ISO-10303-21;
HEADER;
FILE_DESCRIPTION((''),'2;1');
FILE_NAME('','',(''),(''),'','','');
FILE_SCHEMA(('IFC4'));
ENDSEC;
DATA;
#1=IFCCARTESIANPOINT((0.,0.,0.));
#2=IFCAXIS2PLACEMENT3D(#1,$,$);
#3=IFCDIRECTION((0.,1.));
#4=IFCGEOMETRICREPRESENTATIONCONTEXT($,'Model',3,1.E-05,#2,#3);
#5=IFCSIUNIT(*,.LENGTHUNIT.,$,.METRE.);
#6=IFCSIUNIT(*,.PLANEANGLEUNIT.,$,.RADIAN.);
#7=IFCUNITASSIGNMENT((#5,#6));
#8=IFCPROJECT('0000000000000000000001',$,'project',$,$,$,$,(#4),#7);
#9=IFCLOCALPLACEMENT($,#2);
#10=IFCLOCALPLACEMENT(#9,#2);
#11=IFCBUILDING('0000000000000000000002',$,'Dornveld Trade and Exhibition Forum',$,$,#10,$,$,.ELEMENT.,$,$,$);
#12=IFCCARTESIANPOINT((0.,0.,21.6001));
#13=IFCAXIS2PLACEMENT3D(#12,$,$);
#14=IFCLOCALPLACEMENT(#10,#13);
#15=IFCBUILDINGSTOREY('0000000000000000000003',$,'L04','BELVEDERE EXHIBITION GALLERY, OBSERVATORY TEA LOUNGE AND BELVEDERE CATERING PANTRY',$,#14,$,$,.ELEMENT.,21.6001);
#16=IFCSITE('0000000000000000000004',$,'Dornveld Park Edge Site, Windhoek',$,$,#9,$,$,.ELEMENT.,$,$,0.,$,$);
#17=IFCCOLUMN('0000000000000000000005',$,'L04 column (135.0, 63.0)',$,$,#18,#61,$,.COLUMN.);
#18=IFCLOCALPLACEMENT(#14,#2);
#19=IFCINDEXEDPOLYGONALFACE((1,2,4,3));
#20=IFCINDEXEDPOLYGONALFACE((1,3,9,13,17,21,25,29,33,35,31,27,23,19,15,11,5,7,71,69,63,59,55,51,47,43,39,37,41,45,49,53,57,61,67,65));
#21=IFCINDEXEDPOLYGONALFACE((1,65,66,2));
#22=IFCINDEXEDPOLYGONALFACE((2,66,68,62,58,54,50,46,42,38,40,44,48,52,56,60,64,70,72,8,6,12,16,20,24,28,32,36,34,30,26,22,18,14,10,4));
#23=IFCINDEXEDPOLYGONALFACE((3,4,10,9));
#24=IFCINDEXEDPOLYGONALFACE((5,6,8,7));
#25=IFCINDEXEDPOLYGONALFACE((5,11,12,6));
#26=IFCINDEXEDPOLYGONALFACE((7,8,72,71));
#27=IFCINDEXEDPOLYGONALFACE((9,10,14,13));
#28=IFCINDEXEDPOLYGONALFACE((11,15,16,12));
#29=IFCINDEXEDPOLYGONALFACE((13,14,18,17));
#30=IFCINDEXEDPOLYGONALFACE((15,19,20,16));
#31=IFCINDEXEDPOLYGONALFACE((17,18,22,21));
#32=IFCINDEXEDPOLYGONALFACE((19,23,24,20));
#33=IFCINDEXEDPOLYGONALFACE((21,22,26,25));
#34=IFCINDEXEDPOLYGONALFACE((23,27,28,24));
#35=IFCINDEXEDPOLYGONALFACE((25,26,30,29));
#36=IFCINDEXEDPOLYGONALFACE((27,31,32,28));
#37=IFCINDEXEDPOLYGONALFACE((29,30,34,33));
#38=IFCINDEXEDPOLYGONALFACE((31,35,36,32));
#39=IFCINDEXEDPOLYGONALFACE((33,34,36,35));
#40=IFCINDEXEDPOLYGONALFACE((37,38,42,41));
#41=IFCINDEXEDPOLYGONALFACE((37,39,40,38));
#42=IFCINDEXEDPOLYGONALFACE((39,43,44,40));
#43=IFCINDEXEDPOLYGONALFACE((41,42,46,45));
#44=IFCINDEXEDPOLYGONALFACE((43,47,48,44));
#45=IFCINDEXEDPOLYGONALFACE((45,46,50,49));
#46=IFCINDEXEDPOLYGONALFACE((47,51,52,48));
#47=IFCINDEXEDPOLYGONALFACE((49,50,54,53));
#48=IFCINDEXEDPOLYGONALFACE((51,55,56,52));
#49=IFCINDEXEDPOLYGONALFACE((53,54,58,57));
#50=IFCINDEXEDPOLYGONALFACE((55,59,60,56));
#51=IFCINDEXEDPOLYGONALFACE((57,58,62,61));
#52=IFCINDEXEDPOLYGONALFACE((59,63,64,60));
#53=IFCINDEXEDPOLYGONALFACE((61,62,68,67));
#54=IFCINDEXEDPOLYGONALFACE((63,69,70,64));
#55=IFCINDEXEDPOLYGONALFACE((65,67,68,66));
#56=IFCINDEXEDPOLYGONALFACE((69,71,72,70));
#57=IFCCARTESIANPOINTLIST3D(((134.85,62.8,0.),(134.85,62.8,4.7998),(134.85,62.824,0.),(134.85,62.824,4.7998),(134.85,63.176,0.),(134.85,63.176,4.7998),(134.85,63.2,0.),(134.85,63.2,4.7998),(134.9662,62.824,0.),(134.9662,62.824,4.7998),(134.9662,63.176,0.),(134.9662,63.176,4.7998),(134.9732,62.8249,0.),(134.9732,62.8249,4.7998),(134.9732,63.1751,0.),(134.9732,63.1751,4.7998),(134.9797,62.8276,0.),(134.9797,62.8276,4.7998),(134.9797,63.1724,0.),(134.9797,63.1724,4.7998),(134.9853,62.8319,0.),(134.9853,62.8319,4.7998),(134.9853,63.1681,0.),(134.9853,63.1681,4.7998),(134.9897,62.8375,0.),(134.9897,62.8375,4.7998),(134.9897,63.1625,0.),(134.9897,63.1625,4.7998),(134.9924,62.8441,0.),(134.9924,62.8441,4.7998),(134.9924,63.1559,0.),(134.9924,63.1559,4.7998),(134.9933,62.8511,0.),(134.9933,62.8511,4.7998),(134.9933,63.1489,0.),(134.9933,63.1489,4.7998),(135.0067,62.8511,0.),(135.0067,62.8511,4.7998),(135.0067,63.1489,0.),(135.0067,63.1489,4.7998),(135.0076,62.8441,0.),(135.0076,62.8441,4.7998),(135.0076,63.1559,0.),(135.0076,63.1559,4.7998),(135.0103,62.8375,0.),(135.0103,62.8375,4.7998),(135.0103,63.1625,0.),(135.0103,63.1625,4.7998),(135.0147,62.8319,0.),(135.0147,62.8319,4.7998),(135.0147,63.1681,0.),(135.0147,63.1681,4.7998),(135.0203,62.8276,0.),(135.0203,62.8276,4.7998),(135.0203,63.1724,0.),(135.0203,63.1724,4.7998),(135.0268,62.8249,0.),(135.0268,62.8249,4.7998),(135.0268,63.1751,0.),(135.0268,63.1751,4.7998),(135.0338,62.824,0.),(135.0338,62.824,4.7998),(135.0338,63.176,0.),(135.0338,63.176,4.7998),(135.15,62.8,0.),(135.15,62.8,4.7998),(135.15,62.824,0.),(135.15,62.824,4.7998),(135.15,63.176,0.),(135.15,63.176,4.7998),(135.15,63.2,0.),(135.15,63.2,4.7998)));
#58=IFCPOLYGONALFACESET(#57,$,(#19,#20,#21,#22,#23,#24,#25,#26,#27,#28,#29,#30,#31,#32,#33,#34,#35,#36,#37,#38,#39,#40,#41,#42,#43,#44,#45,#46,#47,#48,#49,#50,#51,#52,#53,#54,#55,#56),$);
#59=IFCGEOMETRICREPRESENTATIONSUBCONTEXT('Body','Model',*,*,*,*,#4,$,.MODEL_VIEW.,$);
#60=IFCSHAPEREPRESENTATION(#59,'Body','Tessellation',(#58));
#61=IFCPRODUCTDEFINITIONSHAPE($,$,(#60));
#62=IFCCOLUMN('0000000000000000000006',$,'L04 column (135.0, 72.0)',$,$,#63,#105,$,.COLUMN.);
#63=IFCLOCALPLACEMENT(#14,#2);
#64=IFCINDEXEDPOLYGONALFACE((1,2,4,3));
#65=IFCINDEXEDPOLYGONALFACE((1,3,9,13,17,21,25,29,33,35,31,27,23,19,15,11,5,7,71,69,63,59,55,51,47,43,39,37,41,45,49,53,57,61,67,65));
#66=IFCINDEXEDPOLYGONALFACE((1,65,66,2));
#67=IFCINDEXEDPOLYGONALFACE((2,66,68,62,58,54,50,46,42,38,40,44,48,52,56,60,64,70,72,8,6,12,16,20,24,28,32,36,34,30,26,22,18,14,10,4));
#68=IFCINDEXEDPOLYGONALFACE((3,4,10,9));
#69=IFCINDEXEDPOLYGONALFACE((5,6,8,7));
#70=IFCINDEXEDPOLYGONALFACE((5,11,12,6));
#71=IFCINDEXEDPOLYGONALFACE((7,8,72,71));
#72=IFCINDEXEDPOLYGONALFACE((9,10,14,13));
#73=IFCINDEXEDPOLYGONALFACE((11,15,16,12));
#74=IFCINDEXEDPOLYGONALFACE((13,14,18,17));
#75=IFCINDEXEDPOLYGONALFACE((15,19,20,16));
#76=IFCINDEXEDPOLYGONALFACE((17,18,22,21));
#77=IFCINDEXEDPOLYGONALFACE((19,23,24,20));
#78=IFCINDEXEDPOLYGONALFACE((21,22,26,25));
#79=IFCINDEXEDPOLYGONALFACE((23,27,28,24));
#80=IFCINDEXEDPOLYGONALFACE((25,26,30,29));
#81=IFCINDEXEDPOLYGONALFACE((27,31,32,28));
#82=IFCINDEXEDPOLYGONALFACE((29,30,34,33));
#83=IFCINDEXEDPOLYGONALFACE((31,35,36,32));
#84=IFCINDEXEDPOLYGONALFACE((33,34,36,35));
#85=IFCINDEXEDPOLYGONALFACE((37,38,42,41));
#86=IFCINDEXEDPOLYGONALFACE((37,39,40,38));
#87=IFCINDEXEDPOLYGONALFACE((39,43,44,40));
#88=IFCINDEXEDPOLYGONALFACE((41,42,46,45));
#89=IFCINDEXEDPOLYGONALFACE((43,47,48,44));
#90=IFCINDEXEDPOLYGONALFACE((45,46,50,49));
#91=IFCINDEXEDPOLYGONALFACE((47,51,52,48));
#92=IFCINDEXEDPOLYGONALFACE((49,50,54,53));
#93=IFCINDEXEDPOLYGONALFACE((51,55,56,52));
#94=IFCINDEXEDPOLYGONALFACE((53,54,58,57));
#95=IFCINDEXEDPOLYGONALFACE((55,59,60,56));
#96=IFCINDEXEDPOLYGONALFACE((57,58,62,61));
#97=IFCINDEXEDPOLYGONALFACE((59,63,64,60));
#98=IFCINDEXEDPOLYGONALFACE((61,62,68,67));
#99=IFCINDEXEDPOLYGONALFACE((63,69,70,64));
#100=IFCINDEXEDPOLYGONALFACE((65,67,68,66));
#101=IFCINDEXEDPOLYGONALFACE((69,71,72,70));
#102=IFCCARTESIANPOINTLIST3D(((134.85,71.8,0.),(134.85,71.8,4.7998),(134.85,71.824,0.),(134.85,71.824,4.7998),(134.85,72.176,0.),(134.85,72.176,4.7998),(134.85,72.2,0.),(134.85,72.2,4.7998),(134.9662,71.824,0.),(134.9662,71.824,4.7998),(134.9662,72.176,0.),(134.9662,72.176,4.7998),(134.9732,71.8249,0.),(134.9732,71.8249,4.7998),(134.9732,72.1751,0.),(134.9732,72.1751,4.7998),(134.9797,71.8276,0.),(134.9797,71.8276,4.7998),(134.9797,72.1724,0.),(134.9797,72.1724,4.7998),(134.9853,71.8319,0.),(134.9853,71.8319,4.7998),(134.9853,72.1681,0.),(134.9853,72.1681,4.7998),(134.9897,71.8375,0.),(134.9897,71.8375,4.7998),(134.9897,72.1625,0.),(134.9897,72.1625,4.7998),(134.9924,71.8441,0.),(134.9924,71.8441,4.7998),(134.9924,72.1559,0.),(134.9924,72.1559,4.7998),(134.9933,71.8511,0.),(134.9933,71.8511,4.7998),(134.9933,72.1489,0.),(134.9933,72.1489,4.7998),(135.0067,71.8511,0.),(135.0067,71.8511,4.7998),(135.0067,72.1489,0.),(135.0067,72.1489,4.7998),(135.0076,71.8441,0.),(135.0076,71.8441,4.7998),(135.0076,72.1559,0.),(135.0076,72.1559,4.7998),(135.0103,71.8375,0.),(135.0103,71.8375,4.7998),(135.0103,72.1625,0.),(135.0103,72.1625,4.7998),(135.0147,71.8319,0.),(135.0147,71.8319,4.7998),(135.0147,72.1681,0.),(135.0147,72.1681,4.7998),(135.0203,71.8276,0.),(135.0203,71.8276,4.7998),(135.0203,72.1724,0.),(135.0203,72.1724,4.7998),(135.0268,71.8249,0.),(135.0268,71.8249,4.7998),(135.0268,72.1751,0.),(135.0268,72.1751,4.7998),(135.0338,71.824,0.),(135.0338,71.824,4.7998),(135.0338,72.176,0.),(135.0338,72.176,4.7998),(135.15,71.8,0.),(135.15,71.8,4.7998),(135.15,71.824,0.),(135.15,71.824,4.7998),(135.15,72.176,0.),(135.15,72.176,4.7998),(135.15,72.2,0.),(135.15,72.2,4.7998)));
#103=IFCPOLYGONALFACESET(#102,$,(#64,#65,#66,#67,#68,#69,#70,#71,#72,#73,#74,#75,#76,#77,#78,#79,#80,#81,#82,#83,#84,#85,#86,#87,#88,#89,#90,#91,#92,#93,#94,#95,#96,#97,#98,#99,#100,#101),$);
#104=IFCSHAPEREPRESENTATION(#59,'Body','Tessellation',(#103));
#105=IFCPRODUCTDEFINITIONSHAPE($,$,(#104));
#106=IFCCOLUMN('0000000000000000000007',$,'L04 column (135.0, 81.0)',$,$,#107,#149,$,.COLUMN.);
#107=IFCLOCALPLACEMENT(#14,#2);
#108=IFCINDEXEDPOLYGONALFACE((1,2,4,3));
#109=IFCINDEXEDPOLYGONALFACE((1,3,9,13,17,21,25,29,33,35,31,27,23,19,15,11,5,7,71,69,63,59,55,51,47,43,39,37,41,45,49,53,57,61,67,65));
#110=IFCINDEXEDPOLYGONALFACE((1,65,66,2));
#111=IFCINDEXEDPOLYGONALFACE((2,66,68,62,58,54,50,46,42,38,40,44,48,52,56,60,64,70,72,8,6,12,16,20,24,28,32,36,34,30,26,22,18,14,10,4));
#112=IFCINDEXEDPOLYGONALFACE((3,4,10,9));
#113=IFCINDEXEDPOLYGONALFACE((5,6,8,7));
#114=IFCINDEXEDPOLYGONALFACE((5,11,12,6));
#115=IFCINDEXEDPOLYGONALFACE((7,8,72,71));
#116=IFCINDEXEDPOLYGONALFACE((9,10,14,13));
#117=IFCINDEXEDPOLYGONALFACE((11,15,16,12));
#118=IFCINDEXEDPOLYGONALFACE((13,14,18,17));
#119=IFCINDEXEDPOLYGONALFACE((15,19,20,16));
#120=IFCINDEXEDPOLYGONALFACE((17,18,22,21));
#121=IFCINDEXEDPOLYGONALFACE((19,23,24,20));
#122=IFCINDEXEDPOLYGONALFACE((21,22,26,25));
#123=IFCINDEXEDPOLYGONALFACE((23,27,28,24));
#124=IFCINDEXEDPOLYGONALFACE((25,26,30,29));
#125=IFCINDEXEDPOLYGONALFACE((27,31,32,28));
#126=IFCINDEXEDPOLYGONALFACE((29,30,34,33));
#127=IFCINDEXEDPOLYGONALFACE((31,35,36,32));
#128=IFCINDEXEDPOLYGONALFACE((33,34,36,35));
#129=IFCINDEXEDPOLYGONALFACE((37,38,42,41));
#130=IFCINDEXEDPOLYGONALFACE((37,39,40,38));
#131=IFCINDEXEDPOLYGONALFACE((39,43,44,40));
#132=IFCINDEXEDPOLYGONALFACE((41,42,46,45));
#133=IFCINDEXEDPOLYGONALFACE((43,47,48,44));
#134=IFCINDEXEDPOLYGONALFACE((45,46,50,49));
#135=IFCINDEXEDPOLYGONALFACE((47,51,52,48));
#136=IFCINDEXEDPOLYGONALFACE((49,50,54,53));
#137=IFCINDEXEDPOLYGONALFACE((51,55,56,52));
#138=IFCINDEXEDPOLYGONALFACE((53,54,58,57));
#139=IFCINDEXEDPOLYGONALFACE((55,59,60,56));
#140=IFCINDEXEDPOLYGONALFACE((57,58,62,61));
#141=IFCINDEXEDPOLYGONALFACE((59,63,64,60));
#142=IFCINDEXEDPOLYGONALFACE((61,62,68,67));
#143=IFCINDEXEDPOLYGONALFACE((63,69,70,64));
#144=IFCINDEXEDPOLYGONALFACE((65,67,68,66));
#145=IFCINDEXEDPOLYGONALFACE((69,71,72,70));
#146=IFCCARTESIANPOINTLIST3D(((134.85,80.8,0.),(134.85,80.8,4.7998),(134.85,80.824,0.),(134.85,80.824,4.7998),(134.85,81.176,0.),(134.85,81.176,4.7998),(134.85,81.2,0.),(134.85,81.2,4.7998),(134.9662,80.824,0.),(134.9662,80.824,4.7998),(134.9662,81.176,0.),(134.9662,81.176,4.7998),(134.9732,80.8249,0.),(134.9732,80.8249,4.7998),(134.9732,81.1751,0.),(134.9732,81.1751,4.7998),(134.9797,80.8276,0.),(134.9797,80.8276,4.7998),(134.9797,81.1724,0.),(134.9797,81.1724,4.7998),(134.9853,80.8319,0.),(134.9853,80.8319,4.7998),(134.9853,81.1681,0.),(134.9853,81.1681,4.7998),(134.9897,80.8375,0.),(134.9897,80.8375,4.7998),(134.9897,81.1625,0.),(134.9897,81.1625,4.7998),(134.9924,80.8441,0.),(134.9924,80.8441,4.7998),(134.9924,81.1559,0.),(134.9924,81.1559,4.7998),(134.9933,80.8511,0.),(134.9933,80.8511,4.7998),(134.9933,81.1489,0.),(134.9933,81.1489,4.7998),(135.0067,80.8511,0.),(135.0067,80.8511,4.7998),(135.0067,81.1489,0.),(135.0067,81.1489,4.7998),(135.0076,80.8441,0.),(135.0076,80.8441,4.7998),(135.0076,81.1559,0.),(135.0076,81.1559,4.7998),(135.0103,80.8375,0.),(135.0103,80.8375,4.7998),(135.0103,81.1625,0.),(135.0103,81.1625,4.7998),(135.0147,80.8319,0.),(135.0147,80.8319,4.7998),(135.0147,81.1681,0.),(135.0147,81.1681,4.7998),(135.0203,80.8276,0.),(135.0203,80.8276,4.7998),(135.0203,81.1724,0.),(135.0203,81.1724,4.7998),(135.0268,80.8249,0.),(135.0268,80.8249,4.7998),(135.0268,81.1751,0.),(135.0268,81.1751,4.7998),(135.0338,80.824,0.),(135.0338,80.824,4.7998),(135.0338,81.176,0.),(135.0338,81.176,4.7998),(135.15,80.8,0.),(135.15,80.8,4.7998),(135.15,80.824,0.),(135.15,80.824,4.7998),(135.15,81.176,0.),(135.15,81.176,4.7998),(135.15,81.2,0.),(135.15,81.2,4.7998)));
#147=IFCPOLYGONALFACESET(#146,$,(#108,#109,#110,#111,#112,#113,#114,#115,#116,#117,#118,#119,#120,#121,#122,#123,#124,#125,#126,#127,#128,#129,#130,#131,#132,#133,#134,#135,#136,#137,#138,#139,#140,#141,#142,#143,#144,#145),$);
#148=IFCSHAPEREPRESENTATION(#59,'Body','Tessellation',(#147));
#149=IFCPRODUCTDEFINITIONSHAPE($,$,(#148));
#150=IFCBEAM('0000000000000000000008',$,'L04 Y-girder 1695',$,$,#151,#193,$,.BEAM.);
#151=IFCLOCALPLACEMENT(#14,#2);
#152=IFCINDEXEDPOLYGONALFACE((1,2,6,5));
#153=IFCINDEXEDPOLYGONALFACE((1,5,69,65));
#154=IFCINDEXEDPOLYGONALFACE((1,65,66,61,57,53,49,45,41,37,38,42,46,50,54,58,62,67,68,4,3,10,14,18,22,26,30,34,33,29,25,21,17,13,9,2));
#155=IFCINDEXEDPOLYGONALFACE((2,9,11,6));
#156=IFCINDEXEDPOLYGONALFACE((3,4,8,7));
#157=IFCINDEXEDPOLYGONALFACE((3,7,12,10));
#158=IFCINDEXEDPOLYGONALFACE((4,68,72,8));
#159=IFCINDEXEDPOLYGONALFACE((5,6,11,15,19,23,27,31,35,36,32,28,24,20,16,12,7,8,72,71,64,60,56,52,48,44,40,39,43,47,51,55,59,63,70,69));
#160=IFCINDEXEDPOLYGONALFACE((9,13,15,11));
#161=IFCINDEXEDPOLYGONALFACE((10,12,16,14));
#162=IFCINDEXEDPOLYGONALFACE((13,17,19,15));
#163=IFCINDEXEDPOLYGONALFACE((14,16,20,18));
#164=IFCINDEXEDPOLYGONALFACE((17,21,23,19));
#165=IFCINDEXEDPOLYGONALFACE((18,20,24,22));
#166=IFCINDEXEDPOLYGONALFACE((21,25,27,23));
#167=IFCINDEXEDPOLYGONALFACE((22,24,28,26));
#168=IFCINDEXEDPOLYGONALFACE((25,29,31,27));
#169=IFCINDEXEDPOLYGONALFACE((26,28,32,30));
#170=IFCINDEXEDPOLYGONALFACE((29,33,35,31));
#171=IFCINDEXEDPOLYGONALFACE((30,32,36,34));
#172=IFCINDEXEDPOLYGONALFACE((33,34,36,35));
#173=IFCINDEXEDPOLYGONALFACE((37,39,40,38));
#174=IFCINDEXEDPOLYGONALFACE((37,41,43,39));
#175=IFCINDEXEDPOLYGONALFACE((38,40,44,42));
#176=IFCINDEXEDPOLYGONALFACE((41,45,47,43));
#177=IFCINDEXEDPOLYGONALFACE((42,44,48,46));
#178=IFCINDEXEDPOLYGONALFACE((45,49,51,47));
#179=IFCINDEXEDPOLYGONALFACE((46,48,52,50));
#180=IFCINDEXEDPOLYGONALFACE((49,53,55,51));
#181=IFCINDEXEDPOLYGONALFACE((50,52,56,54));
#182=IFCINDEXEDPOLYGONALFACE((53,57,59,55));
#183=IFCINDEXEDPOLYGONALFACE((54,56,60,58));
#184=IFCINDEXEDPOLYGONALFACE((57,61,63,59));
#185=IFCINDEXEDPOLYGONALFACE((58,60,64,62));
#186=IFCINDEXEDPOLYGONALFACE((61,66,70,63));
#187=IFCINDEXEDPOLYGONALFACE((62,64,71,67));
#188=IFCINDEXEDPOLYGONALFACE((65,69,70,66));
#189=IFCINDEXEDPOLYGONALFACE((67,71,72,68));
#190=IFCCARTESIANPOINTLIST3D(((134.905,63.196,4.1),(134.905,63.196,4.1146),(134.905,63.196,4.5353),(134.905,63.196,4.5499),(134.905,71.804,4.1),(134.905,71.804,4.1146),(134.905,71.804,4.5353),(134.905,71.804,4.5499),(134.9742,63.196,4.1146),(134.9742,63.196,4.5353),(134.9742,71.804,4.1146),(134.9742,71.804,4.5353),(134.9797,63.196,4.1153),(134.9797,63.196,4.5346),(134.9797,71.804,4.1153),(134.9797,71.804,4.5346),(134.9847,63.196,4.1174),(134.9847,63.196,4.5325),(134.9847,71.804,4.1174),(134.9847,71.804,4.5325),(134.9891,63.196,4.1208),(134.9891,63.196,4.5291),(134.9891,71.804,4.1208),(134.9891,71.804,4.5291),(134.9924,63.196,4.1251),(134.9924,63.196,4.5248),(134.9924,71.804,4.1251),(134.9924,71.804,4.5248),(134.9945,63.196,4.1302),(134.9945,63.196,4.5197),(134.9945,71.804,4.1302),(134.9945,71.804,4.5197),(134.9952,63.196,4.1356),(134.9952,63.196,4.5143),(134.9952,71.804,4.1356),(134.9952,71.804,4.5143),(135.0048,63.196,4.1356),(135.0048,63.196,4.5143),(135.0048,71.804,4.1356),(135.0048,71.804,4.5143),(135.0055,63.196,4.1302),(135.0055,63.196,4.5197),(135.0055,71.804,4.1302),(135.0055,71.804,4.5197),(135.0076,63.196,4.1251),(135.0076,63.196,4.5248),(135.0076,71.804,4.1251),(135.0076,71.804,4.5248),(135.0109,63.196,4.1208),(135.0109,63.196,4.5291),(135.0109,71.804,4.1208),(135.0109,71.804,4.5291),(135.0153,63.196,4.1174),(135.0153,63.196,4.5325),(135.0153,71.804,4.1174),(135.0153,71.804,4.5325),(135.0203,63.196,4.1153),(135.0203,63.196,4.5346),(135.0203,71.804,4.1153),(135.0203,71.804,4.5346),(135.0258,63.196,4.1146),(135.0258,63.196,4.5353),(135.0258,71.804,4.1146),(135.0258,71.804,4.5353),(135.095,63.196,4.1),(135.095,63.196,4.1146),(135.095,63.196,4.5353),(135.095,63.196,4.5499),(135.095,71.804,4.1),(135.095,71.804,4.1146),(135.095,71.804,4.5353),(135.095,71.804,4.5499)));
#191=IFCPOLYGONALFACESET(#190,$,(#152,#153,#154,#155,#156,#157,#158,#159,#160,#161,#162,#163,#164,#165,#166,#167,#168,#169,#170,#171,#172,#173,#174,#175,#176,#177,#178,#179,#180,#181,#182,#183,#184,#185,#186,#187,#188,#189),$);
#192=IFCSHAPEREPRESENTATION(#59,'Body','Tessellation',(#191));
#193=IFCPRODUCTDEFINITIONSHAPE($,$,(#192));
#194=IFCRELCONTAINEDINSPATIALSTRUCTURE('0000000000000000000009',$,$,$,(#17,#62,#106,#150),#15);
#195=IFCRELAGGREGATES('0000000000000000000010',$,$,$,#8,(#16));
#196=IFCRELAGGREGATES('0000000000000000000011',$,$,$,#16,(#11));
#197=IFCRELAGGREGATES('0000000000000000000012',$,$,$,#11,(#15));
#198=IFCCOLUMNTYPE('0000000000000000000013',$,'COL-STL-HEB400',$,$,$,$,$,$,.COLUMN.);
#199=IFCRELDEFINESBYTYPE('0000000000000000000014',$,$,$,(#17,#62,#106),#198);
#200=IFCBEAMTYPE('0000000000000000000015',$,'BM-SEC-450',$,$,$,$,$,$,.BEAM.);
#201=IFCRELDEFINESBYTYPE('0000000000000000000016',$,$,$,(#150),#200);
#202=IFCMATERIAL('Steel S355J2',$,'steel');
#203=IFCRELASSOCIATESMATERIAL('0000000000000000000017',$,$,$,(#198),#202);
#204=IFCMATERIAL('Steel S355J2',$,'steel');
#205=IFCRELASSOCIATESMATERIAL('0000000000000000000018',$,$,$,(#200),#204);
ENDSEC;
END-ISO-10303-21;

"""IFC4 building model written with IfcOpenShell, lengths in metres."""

from ifc_helpers import new_model, si_unit, direction, frame, origin, origin_2d, place, context, subcontext, project, spatial, i_section, extrude, material, material_profile, profile_set, type_object, element, save


model = new_model("IFC4")

# Units and contexts
model_context = context("Model", 3, precision=1e-05, world=origin(), true_north=direction((0.0, 1.0)))
body_context = subcontext(model_context, "Body", "Model", "MODEL_VIEW")
ifc_project = project(units=[si_unit("LENGTHUNIT", "METRE"), si_unit("PLANEANGLEUNIT", "RADIAN")], contexts=[model_context])

# Site, building, storey
site_placement = place(None, origin())
site = spatial("IfcSite", under=ifc_project, at=site_placement, Name="Dornveld Park Edge Site, Windhoek", CompositionType="ELEMENT", RefElevation=0.0)
building_placement = place(site_placement, origin())
building = spatial("IfcBuilding", under=site, at=building_placement, Name="Dornveld Trade and Exhibition Forum", CompositionType="ELEMENT")
storey_placement = place(building_placement, frame((0.0, 0.0, 21.6001)))
storey = spatial("IfcBuildingStorey", under=building, at=storey_placement, Name="L04", Description="BELVEDERE EXHIBITION GALLERY, OBSERVATORY TEA LOUNGE AND BELVEDERE CATERING PANTRY", CompositionType="ELEMENT", Elevation=21.6001)

# Columns
ifc_material_1 = material(Name="Steel S355J2", Category="steel")
ifc_material_profile_1 = material_profile(ifc_material_1, i_section(OverallWidth=0.3, OverallDepth=0.3999, WebThickness=0.0134, FlangeThickness=0.0239, FilletRadius=0.0271, at=origin_2d()), Name="HEB 400")
ifc_profile_set_1 = profile_set([ifc_material_profile_1], Name="Steel S355J2")
column_type = type_object("IfcColumnType", Name="COL-STL-HEB400", PredefinedType="COLUMN", material=ifc_profile_set_1)
for number, where, z_axis, x_axis, name in (
    (1, (135.0, 63.0, 0.0), (0.0, 0.0, 1.0), (1.0, 0.0, 0.0), "L04 column (135.0, 63.0)"),
    (2, (135.0, 72.0, 0.0), (0.0, 0.0, 1.0), (1.0, 0.0, 0.0), "L04 column (135.0, 72.0)"),
    (3, (135.0, 81.0, 0.0), (0.0, 0.0, 1.0), (1.0, 0.0, 0.0), "L04 column (135.0, 81.0)"),
):
    element("IfcColumn", number, at=place(storey_placement, frame(where, z_axis=z_axis, x_axis=x_axis)), inside=storey, type_object=column_type, Name=name, PredefinedType="COLUMN", context=body_context, shape_type="SweptSolid", body=[
        extrude(i_section(OverallWidth=0.3, OverallDepth=0.3999, WebThickness=0.0134, FlangeThickness=0.0239, FilletRadius=0.0271, at=origin_2d()), origin(), (0.0, 0.0, 1.0), 4.7998),
    ])

# Beam
ifc_material_2 = material(Name="Steel S355J2", Category="steel")
ifc_material_profile_2 = material_profile(ifc_material_2, i_section(OverallWidth=0.1899, OverallDepth=0.45, WebThickness=0.0095, FlangeThickness=0.0146, FilletRadius=0.021, at=origin_2d()), Name="IPE 450")
ifc_profile_set_2 = profile_set([ifc_material_profile_2], Name="Steel S355J2")
beam_type = type_object("IfcBeamType", Name="BM-SEC-450", PredefinedType="BEAM", material=ifc_profile_set_2)
for number, where, z_axis, x_axis, name in (
    (4, (135.0, 63.196, 4.325), (0.0, 1.0, 0.0), (-1.0, 0.0, 0.0), "L04 Y-girder 1695"),
):
    element("IfcBeam", number, at=place(storey_placement, frame(where, z_axis=z_axis, x_axis=x_axis)), inside=storey, type_object=beam_type, Name=name, PredefinedType="BEAM", context=body_context, shape_type="SweptSolid", body=[
        extrude(i_section(OverallWidth=0.1899, OverallDepth=0.45, WebThickness=0.0095, FlangeThickness=0.0146, FilletRadius=0.021, at=origin_2d()), origin(), (0.0, 0.0, 1.0), 8.6079),
    ])

save(model, "model.ifc")
